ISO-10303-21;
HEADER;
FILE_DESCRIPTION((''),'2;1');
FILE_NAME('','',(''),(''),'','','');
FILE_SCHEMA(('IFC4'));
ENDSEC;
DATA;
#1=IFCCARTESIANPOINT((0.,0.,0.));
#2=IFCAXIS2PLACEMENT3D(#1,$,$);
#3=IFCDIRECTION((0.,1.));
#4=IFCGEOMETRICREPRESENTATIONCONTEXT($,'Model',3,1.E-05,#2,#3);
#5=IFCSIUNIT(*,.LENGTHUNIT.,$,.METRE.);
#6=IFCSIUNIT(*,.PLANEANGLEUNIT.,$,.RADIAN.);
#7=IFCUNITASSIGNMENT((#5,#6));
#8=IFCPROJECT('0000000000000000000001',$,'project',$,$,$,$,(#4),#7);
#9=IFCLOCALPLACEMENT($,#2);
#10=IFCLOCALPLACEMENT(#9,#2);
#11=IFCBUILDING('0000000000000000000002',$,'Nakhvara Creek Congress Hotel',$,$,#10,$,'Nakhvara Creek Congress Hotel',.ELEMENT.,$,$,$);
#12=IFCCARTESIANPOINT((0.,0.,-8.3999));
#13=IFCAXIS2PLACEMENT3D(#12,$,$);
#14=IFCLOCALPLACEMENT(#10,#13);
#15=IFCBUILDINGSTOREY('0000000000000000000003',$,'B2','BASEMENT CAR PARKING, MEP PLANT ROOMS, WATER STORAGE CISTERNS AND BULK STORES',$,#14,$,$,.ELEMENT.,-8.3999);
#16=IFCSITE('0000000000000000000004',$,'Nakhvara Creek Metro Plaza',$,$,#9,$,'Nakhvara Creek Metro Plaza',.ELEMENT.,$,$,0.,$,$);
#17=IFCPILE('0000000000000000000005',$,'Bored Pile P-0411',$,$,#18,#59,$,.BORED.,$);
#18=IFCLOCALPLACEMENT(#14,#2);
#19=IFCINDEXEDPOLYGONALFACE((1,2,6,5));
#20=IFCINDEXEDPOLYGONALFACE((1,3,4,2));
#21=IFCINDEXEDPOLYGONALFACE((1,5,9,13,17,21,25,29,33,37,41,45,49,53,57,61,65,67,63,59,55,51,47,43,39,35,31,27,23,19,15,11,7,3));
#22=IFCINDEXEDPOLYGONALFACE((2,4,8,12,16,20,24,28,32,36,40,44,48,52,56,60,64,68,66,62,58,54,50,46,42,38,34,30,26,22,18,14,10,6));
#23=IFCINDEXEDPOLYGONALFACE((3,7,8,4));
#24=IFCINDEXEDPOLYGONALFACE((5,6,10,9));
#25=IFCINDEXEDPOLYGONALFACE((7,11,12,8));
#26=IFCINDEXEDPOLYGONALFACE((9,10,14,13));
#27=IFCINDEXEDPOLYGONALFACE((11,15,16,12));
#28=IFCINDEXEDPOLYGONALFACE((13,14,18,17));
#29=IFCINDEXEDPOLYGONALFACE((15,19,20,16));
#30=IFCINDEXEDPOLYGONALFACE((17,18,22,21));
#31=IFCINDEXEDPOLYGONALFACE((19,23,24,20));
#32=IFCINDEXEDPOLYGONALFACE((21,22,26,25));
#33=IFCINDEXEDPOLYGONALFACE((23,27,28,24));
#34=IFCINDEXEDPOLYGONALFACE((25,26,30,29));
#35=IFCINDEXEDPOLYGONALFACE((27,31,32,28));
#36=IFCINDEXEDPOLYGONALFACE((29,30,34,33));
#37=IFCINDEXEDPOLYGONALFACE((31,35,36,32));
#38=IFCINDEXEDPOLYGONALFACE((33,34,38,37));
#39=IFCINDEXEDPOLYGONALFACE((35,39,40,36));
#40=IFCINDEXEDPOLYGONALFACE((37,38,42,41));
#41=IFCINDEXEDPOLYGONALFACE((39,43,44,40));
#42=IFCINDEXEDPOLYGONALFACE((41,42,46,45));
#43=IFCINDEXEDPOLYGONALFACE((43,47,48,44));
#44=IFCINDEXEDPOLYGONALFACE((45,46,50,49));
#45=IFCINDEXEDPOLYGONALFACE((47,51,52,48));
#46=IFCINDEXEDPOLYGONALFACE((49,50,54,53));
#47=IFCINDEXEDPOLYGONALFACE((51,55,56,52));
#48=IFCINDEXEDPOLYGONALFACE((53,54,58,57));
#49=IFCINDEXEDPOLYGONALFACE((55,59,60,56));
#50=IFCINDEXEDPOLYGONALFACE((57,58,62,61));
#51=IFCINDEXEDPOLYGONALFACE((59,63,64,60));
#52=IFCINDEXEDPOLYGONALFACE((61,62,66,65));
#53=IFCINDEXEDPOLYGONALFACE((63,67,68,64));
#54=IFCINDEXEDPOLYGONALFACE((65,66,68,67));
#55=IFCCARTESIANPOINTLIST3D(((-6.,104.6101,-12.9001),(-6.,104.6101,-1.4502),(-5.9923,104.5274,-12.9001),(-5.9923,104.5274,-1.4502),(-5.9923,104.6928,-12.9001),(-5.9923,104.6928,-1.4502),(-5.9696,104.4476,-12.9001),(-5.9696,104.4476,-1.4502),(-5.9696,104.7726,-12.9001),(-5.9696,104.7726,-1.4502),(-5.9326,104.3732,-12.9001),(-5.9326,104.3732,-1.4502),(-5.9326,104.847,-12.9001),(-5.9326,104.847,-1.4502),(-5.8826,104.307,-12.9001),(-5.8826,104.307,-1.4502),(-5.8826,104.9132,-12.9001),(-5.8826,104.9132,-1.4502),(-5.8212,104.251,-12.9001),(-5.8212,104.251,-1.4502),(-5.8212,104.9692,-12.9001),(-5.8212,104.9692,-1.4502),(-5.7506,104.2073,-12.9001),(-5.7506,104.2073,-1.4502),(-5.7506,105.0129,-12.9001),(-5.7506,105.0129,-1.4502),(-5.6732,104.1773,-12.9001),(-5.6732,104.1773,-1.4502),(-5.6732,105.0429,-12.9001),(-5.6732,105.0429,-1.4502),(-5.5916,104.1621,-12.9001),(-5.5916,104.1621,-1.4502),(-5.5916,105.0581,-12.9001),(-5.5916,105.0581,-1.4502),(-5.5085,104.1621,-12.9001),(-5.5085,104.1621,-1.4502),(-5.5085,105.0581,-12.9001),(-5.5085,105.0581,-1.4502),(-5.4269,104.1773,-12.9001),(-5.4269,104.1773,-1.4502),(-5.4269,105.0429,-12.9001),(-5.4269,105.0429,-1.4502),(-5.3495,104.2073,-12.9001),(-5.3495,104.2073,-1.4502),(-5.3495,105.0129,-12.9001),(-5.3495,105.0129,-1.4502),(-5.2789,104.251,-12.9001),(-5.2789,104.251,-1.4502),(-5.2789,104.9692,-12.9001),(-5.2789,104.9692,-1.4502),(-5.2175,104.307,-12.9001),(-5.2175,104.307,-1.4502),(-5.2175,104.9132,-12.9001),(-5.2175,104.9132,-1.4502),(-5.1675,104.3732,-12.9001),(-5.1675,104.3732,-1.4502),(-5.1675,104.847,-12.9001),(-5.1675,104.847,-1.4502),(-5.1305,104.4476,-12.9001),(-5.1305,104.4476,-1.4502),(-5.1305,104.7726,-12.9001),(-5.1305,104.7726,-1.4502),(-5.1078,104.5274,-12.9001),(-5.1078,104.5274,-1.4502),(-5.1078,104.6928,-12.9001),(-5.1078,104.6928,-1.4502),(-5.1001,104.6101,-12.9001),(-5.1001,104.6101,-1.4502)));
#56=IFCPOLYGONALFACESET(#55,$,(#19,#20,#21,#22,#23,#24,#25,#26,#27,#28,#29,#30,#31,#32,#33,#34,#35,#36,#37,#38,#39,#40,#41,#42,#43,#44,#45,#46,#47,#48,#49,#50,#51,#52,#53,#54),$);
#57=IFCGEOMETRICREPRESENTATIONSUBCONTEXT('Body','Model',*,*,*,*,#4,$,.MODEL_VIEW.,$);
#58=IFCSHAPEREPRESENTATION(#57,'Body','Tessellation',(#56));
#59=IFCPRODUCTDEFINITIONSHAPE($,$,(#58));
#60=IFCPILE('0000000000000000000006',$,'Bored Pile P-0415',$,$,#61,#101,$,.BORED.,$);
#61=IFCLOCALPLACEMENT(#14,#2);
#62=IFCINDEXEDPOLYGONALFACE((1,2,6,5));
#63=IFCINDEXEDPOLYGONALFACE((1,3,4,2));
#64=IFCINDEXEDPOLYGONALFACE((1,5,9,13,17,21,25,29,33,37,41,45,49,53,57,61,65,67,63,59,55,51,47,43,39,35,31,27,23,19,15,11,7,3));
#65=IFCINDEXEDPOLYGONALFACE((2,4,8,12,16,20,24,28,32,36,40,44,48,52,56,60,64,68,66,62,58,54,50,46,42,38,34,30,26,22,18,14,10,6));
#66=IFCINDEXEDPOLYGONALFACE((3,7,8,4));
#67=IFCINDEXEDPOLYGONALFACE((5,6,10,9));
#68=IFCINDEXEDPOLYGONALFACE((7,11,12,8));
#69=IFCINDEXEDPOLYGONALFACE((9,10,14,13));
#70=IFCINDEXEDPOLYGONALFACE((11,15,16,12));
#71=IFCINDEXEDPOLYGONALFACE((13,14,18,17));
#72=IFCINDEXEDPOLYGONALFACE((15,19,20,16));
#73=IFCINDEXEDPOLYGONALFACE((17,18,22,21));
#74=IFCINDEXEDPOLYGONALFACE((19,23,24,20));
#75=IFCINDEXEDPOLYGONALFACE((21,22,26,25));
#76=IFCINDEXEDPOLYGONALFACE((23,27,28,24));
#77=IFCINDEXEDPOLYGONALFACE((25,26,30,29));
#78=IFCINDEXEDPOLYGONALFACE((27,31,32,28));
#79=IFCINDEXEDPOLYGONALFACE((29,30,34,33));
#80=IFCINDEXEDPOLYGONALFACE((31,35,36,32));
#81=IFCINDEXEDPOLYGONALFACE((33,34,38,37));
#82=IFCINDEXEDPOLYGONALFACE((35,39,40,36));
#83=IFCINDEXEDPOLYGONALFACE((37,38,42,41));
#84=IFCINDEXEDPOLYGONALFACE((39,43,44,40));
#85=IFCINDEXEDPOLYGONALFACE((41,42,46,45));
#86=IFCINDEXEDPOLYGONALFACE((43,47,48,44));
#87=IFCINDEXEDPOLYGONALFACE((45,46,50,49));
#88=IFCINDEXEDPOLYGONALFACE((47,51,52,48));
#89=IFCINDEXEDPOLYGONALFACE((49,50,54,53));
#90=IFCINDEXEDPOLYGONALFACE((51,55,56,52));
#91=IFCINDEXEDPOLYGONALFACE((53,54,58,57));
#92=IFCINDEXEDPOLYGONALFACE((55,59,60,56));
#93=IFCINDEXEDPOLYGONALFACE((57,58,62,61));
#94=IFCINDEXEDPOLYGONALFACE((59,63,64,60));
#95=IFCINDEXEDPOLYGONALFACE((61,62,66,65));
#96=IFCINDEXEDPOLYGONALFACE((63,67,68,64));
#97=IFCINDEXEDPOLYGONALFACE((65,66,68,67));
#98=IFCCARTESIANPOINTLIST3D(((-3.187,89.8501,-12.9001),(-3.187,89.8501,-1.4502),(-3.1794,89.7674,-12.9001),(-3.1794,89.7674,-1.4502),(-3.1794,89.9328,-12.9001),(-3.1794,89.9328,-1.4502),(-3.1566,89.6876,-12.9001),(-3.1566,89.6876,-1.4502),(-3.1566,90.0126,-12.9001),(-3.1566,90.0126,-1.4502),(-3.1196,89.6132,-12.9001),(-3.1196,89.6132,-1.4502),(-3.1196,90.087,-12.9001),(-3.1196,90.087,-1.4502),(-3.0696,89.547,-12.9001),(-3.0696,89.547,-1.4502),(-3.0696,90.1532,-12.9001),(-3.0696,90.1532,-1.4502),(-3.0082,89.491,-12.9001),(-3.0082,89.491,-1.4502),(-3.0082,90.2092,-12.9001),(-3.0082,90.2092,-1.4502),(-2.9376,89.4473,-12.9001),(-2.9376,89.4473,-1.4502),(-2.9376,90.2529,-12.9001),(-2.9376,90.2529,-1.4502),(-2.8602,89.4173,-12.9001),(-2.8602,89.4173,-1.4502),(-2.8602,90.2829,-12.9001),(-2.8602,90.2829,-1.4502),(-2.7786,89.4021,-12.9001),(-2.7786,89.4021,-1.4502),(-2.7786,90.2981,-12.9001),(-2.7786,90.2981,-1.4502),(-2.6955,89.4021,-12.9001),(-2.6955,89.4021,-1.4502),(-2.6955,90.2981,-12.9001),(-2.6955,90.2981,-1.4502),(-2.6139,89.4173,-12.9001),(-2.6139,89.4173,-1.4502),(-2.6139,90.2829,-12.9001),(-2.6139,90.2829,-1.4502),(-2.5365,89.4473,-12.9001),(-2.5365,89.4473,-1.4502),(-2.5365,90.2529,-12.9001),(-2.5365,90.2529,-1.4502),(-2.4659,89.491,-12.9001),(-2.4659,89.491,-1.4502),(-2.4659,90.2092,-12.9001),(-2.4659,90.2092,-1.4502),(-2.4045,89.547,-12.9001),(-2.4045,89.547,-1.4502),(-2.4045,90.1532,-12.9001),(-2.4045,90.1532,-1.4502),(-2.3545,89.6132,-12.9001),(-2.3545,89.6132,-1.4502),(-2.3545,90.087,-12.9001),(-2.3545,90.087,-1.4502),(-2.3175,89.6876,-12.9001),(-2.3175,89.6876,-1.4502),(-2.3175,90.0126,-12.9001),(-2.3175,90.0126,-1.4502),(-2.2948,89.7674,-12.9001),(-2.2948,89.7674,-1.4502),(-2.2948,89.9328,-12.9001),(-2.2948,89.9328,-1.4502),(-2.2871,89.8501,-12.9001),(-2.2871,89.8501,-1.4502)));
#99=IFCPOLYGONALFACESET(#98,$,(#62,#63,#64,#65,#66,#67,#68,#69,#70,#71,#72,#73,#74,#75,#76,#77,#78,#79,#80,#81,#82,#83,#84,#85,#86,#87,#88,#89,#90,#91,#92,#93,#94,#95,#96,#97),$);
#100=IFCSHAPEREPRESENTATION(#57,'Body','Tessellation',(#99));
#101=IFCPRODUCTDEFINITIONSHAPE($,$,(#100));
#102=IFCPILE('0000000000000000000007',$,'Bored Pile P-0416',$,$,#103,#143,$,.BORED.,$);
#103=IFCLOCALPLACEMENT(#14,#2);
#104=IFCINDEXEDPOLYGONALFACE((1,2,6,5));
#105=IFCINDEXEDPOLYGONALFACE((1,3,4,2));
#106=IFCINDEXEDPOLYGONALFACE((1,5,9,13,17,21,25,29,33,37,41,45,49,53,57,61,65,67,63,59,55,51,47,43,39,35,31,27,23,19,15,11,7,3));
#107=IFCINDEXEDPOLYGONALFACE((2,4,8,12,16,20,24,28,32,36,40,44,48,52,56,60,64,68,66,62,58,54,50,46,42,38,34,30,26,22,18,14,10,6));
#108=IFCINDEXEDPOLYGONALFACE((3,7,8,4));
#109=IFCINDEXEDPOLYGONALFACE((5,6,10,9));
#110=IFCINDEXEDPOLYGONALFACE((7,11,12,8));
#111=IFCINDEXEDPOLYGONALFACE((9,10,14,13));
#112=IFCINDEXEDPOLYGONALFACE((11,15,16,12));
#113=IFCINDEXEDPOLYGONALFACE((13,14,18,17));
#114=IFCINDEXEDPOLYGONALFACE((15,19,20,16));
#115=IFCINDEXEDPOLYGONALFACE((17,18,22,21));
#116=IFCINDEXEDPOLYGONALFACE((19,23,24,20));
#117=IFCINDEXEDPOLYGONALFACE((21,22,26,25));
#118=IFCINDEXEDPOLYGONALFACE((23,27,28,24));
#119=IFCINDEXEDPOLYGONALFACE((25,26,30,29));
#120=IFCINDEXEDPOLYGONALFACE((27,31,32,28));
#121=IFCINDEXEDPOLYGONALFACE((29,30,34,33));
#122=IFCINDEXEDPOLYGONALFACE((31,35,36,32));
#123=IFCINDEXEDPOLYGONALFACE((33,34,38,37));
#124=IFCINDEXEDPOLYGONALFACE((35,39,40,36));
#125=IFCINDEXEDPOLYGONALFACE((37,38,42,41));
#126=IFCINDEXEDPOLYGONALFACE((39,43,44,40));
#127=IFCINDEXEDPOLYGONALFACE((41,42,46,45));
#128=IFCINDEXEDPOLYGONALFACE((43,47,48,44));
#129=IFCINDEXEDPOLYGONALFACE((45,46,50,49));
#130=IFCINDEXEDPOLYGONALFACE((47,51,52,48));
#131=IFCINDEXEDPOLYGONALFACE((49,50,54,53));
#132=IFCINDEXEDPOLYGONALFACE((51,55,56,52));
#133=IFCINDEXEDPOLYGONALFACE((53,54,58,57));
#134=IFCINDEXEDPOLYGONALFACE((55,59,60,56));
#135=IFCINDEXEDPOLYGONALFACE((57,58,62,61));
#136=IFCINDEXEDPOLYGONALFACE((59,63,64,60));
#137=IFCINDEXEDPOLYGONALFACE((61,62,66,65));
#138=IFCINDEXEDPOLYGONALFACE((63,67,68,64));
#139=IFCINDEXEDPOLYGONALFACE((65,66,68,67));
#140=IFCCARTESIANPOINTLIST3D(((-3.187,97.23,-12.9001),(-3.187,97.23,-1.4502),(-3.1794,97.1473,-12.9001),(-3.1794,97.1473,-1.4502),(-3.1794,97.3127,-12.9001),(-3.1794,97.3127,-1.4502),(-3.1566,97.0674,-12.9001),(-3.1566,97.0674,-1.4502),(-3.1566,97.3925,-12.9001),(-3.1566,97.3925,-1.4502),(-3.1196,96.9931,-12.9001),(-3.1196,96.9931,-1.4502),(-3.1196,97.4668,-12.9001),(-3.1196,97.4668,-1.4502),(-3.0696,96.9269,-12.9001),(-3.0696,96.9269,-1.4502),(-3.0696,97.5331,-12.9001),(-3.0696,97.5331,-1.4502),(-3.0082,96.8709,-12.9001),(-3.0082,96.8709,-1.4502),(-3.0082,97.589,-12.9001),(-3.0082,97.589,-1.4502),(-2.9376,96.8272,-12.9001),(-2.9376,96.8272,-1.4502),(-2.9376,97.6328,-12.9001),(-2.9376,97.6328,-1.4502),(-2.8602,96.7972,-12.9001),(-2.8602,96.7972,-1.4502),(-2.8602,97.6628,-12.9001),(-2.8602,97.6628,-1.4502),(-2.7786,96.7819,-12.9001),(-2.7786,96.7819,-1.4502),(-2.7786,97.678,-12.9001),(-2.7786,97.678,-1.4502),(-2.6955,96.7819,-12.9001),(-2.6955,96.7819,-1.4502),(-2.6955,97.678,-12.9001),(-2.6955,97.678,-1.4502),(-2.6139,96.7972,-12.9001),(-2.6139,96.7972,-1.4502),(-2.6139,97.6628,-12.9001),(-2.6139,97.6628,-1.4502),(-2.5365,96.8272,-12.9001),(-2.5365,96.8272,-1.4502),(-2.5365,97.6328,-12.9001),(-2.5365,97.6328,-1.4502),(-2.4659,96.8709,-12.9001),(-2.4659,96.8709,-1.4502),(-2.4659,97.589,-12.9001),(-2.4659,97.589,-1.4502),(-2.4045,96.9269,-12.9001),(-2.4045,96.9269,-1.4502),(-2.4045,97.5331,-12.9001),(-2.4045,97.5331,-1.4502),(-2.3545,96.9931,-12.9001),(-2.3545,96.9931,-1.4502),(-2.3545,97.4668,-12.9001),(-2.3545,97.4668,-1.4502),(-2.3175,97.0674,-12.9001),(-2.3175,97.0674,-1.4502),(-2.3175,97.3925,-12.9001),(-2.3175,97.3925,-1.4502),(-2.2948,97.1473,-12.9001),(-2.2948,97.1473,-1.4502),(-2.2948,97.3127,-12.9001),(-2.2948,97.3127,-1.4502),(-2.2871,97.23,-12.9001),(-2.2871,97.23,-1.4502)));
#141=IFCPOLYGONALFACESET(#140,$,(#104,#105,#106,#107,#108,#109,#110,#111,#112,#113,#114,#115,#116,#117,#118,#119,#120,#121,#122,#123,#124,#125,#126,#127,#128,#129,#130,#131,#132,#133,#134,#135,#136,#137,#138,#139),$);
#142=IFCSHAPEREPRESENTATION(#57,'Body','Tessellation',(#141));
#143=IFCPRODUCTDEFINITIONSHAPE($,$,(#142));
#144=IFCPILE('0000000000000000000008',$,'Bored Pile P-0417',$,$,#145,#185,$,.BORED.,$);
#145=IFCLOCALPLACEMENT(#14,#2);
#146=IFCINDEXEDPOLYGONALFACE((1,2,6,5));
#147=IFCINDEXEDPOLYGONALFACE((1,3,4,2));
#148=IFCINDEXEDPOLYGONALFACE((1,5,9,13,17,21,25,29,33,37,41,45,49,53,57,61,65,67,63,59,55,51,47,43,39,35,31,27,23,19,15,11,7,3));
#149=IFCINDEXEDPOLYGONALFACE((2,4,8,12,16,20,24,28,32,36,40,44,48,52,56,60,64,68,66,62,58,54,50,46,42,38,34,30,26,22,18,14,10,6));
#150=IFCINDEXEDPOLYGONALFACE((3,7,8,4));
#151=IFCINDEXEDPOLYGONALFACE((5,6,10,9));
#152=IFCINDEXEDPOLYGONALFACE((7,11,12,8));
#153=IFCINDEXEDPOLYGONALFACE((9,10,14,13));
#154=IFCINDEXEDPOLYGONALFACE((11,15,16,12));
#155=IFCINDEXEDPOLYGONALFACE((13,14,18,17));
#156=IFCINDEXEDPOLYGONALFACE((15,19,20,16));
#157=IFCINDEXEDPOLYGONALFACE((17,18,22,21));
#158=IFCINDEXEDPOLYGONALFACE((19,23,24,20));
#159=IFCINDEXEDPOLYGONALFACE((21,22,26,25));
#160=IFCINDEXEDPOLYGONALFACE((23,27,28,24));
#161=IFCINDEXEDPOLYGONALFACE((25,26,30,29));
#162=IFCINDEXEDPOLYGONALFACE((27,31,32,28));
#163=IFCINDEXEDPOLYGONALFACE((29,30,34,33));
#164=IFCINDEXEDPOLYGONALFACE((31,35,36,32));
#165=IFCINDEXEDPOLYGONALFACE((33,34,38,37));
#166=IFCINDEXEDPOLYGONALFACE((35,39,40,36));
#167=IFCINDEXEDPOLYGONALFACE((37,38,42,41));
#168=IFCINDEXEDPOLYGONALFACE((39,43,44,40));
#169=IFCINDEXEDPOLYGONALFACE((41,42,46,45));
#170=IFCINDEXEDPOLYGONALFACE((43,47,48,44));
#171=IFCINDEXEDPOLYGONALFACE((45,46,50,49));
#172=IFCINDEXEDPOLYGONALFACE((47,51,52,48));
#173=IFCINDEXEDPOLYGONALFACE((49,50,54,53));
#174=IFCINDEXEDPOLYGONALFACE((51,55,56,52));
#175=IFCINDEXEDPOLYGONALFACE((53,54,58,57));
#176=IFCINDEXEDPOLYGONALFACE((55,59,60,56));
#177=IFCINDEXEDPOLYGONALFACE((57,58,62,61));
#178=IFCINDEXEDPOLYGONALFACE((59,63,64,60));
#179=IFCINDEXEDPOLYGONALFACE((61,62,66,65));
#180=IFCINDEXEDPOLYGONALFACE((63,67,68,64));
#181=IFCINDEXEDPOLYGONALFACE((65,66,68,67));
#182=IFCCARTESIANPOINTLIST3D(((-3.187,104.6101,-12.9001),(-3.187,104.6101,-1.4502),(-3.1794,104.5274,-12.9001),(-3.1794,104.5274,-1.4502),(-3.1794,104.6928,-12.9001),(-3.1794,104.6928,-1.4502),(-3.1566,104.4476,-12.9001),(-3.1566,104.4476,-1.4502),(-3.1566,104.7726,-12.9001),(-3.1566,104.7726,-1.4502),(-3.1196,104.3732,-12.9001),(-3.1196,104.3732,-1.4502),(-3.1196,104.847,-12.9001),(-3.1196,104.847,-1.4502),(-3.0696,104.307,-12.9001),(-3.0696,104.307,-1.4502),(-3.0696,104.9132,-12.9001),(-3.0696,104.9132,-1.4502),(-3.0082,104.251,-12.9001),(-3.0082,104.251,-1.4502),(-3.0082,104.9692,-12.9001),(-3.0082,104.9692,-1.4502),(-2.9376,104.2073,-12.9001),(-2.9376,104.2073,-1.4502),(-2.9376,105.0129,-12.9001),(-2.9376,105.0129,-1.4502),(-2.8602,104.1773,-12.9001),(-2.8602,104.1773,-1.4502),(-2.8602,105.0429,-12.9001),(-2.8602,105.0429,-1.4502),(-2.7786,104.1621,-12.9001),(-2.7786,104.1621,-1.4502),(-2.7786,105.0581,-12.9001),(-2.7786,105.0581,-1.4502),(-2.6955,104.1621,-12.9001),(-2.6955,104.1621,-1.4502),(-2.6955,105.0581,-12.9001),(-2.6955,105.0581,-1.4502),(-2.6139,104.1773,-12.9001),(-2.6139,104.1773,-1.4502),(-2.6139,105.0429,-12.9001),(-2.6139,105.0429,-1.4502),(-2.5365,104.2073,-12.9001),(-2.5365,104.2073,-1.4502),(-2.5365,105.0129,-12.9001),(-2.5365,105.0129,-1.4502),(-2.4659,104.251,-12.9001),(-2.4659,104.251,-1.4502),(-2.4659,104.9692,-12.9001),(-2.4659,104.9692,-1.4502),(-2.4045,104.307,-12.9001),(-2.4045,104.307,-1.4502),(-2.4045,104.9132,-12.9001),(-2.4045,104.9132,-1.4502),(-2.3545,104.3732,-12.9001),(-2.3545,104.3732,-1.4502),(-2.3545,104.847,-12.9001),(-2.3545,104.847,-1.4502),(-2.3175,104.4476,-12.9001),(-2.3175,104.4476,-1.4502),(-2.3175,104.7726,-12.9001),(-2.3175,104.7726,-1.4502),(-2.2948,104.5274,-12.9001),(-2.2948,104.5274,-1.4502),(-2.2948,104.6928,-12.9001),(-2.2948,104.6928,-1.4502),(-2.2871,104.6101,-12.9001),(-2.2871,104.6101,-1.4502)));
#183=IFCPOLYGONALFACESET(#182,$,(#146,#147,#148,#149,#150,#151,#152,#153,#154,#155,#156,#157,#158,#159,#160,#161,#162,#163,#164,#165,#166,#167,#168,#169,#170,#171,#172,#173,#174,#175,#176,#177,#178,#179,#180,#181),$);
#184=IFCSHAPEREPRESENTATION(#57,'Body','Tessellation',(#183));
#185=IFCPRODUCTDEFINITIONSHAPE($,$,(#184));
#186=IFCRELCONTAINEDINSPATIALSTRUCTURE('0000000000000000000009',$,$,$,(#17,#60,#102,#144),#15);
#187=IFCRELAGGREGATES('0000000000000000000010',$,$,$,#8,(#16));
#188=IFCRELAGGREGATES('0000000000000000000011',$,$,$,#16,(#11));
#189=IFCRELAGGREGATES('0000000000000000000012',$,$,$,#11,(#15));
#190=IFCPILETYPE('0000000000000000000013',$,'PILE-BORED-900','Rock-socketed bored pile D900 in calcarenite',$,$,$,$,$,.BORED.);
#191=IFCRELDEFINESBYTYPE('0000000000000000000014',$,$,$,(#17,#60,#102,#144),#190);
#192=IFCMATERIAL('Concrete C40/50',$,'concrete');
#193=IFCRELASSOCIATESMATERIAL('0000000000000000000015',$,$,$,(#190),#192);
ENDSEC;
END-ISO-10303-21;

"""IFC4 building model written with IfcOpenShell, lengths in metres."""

from ifc_helpers import new_model, si_unit, direction, frame, origin, origin_2d, place, context, subcontext, project, spatial, circle, extrude, material, material_profile, profile_set, type_object, element, save


model = new_model("IFC4")

# Units and contexts
model_context = context("Model", 3, precision=1e-05, world=origin(), true_north=direction((0.0, 1.0)))
body_context = subcontext(model_context, "Body", "Model", "MODEL_VIEW")
ifc_project = project(units=[si_unit("LENGTHUNIT", "METRE"), si_unit("PLANEANGLEUNIT", "RADIAN")], contexts=[model_context])

# Site, building, storey
site_placement = place(None, origin())
site = spatial("IfcSite", under=ifc_project, at=site_placement, Name="Nakhvara Creek Metro Plaza", LongName="Nakhvara Creek Metro Plaza", CompositionType="ELEMENT", RefElevation=0.0)
building_placement = place(site_placement, origin())
building = spatial("IfcBuilding", under=site, at=building_placement, Name="Nakhvara Creek Congress Hotel", LongName="Nakhvara Creek Congress Hotel", CompositionType="ELEMENT")
storey_placement = place(building_placement, frame((0.0, 0.0, -8.3999)))
storey = spatial("IfcBuildingStorey", under=building, at=storey_placement, Name="B2", Description="BASEMENT CAR PARKING, MEP PLANT ROOMS, WATER STORAGE CISTERNS AND BULK STORES", CompositionType="ELEMENT", Elevation=-8.3999)

# Piles
ifc_material_1 = material(Name="Concrete C40/50", Category="concrete")
ifc_material_profile_1 = material_profile(ifc_material_1, circle(Radius=0.45, at=origin_2d()), Name="BORED PILE D900", Category="LoadBearing")
ifc_profile_set_1 = profile_set([ifc_material_profile_1], Name="Concrete C40/50")
pile_type = type_object("IfcPileType", Name="PILE-BORED-900", Description="Rock-socketed bored pile D900 in calcarenite", PredefinedType="BORED", material=ifc_profile_set_1)
for number, where, z_axis, x_axis, name in (
    (1, (-5.55, 104.6101, -1.4502), (0.0, 0.0, -1.0), (1.0, 0.0, 0.0), "Bored Pile P-0411"),
    (2, (-2.7371, 89.8501, -1.4502), (0.0, 0.0, -1.0), (1.0, 0.0, 0.0), "Bored Pile P-0415"),
    (3, (-2.7371, 97.23, -1.4502), (0.0, 0.0, -1.0), (1.0, 0.0, 0.0), "Bored Pile P-0416"),
    (4, (-2.7371, 104.6101, -1.4502), (0.0, 0.0, -1.0), (1.0, 0.0, 0.0), "Bored Pile P-0417"),
):
    element("IfcPile", number, at=place(storey_placement, frame(where, z_axis=z_axis, x_axis=x_axis)), inside=storey, type_object=pile_type, Name=name, PredefinedType="BORED", context=body_context, shape_type="SweptSolid", body=[
        extrude(circle(Radius=0.45, at=origin_2d()), origin(), (0.0, 0.0, 1.0), 11.45),
    ])

save(model, "model.ifc")
